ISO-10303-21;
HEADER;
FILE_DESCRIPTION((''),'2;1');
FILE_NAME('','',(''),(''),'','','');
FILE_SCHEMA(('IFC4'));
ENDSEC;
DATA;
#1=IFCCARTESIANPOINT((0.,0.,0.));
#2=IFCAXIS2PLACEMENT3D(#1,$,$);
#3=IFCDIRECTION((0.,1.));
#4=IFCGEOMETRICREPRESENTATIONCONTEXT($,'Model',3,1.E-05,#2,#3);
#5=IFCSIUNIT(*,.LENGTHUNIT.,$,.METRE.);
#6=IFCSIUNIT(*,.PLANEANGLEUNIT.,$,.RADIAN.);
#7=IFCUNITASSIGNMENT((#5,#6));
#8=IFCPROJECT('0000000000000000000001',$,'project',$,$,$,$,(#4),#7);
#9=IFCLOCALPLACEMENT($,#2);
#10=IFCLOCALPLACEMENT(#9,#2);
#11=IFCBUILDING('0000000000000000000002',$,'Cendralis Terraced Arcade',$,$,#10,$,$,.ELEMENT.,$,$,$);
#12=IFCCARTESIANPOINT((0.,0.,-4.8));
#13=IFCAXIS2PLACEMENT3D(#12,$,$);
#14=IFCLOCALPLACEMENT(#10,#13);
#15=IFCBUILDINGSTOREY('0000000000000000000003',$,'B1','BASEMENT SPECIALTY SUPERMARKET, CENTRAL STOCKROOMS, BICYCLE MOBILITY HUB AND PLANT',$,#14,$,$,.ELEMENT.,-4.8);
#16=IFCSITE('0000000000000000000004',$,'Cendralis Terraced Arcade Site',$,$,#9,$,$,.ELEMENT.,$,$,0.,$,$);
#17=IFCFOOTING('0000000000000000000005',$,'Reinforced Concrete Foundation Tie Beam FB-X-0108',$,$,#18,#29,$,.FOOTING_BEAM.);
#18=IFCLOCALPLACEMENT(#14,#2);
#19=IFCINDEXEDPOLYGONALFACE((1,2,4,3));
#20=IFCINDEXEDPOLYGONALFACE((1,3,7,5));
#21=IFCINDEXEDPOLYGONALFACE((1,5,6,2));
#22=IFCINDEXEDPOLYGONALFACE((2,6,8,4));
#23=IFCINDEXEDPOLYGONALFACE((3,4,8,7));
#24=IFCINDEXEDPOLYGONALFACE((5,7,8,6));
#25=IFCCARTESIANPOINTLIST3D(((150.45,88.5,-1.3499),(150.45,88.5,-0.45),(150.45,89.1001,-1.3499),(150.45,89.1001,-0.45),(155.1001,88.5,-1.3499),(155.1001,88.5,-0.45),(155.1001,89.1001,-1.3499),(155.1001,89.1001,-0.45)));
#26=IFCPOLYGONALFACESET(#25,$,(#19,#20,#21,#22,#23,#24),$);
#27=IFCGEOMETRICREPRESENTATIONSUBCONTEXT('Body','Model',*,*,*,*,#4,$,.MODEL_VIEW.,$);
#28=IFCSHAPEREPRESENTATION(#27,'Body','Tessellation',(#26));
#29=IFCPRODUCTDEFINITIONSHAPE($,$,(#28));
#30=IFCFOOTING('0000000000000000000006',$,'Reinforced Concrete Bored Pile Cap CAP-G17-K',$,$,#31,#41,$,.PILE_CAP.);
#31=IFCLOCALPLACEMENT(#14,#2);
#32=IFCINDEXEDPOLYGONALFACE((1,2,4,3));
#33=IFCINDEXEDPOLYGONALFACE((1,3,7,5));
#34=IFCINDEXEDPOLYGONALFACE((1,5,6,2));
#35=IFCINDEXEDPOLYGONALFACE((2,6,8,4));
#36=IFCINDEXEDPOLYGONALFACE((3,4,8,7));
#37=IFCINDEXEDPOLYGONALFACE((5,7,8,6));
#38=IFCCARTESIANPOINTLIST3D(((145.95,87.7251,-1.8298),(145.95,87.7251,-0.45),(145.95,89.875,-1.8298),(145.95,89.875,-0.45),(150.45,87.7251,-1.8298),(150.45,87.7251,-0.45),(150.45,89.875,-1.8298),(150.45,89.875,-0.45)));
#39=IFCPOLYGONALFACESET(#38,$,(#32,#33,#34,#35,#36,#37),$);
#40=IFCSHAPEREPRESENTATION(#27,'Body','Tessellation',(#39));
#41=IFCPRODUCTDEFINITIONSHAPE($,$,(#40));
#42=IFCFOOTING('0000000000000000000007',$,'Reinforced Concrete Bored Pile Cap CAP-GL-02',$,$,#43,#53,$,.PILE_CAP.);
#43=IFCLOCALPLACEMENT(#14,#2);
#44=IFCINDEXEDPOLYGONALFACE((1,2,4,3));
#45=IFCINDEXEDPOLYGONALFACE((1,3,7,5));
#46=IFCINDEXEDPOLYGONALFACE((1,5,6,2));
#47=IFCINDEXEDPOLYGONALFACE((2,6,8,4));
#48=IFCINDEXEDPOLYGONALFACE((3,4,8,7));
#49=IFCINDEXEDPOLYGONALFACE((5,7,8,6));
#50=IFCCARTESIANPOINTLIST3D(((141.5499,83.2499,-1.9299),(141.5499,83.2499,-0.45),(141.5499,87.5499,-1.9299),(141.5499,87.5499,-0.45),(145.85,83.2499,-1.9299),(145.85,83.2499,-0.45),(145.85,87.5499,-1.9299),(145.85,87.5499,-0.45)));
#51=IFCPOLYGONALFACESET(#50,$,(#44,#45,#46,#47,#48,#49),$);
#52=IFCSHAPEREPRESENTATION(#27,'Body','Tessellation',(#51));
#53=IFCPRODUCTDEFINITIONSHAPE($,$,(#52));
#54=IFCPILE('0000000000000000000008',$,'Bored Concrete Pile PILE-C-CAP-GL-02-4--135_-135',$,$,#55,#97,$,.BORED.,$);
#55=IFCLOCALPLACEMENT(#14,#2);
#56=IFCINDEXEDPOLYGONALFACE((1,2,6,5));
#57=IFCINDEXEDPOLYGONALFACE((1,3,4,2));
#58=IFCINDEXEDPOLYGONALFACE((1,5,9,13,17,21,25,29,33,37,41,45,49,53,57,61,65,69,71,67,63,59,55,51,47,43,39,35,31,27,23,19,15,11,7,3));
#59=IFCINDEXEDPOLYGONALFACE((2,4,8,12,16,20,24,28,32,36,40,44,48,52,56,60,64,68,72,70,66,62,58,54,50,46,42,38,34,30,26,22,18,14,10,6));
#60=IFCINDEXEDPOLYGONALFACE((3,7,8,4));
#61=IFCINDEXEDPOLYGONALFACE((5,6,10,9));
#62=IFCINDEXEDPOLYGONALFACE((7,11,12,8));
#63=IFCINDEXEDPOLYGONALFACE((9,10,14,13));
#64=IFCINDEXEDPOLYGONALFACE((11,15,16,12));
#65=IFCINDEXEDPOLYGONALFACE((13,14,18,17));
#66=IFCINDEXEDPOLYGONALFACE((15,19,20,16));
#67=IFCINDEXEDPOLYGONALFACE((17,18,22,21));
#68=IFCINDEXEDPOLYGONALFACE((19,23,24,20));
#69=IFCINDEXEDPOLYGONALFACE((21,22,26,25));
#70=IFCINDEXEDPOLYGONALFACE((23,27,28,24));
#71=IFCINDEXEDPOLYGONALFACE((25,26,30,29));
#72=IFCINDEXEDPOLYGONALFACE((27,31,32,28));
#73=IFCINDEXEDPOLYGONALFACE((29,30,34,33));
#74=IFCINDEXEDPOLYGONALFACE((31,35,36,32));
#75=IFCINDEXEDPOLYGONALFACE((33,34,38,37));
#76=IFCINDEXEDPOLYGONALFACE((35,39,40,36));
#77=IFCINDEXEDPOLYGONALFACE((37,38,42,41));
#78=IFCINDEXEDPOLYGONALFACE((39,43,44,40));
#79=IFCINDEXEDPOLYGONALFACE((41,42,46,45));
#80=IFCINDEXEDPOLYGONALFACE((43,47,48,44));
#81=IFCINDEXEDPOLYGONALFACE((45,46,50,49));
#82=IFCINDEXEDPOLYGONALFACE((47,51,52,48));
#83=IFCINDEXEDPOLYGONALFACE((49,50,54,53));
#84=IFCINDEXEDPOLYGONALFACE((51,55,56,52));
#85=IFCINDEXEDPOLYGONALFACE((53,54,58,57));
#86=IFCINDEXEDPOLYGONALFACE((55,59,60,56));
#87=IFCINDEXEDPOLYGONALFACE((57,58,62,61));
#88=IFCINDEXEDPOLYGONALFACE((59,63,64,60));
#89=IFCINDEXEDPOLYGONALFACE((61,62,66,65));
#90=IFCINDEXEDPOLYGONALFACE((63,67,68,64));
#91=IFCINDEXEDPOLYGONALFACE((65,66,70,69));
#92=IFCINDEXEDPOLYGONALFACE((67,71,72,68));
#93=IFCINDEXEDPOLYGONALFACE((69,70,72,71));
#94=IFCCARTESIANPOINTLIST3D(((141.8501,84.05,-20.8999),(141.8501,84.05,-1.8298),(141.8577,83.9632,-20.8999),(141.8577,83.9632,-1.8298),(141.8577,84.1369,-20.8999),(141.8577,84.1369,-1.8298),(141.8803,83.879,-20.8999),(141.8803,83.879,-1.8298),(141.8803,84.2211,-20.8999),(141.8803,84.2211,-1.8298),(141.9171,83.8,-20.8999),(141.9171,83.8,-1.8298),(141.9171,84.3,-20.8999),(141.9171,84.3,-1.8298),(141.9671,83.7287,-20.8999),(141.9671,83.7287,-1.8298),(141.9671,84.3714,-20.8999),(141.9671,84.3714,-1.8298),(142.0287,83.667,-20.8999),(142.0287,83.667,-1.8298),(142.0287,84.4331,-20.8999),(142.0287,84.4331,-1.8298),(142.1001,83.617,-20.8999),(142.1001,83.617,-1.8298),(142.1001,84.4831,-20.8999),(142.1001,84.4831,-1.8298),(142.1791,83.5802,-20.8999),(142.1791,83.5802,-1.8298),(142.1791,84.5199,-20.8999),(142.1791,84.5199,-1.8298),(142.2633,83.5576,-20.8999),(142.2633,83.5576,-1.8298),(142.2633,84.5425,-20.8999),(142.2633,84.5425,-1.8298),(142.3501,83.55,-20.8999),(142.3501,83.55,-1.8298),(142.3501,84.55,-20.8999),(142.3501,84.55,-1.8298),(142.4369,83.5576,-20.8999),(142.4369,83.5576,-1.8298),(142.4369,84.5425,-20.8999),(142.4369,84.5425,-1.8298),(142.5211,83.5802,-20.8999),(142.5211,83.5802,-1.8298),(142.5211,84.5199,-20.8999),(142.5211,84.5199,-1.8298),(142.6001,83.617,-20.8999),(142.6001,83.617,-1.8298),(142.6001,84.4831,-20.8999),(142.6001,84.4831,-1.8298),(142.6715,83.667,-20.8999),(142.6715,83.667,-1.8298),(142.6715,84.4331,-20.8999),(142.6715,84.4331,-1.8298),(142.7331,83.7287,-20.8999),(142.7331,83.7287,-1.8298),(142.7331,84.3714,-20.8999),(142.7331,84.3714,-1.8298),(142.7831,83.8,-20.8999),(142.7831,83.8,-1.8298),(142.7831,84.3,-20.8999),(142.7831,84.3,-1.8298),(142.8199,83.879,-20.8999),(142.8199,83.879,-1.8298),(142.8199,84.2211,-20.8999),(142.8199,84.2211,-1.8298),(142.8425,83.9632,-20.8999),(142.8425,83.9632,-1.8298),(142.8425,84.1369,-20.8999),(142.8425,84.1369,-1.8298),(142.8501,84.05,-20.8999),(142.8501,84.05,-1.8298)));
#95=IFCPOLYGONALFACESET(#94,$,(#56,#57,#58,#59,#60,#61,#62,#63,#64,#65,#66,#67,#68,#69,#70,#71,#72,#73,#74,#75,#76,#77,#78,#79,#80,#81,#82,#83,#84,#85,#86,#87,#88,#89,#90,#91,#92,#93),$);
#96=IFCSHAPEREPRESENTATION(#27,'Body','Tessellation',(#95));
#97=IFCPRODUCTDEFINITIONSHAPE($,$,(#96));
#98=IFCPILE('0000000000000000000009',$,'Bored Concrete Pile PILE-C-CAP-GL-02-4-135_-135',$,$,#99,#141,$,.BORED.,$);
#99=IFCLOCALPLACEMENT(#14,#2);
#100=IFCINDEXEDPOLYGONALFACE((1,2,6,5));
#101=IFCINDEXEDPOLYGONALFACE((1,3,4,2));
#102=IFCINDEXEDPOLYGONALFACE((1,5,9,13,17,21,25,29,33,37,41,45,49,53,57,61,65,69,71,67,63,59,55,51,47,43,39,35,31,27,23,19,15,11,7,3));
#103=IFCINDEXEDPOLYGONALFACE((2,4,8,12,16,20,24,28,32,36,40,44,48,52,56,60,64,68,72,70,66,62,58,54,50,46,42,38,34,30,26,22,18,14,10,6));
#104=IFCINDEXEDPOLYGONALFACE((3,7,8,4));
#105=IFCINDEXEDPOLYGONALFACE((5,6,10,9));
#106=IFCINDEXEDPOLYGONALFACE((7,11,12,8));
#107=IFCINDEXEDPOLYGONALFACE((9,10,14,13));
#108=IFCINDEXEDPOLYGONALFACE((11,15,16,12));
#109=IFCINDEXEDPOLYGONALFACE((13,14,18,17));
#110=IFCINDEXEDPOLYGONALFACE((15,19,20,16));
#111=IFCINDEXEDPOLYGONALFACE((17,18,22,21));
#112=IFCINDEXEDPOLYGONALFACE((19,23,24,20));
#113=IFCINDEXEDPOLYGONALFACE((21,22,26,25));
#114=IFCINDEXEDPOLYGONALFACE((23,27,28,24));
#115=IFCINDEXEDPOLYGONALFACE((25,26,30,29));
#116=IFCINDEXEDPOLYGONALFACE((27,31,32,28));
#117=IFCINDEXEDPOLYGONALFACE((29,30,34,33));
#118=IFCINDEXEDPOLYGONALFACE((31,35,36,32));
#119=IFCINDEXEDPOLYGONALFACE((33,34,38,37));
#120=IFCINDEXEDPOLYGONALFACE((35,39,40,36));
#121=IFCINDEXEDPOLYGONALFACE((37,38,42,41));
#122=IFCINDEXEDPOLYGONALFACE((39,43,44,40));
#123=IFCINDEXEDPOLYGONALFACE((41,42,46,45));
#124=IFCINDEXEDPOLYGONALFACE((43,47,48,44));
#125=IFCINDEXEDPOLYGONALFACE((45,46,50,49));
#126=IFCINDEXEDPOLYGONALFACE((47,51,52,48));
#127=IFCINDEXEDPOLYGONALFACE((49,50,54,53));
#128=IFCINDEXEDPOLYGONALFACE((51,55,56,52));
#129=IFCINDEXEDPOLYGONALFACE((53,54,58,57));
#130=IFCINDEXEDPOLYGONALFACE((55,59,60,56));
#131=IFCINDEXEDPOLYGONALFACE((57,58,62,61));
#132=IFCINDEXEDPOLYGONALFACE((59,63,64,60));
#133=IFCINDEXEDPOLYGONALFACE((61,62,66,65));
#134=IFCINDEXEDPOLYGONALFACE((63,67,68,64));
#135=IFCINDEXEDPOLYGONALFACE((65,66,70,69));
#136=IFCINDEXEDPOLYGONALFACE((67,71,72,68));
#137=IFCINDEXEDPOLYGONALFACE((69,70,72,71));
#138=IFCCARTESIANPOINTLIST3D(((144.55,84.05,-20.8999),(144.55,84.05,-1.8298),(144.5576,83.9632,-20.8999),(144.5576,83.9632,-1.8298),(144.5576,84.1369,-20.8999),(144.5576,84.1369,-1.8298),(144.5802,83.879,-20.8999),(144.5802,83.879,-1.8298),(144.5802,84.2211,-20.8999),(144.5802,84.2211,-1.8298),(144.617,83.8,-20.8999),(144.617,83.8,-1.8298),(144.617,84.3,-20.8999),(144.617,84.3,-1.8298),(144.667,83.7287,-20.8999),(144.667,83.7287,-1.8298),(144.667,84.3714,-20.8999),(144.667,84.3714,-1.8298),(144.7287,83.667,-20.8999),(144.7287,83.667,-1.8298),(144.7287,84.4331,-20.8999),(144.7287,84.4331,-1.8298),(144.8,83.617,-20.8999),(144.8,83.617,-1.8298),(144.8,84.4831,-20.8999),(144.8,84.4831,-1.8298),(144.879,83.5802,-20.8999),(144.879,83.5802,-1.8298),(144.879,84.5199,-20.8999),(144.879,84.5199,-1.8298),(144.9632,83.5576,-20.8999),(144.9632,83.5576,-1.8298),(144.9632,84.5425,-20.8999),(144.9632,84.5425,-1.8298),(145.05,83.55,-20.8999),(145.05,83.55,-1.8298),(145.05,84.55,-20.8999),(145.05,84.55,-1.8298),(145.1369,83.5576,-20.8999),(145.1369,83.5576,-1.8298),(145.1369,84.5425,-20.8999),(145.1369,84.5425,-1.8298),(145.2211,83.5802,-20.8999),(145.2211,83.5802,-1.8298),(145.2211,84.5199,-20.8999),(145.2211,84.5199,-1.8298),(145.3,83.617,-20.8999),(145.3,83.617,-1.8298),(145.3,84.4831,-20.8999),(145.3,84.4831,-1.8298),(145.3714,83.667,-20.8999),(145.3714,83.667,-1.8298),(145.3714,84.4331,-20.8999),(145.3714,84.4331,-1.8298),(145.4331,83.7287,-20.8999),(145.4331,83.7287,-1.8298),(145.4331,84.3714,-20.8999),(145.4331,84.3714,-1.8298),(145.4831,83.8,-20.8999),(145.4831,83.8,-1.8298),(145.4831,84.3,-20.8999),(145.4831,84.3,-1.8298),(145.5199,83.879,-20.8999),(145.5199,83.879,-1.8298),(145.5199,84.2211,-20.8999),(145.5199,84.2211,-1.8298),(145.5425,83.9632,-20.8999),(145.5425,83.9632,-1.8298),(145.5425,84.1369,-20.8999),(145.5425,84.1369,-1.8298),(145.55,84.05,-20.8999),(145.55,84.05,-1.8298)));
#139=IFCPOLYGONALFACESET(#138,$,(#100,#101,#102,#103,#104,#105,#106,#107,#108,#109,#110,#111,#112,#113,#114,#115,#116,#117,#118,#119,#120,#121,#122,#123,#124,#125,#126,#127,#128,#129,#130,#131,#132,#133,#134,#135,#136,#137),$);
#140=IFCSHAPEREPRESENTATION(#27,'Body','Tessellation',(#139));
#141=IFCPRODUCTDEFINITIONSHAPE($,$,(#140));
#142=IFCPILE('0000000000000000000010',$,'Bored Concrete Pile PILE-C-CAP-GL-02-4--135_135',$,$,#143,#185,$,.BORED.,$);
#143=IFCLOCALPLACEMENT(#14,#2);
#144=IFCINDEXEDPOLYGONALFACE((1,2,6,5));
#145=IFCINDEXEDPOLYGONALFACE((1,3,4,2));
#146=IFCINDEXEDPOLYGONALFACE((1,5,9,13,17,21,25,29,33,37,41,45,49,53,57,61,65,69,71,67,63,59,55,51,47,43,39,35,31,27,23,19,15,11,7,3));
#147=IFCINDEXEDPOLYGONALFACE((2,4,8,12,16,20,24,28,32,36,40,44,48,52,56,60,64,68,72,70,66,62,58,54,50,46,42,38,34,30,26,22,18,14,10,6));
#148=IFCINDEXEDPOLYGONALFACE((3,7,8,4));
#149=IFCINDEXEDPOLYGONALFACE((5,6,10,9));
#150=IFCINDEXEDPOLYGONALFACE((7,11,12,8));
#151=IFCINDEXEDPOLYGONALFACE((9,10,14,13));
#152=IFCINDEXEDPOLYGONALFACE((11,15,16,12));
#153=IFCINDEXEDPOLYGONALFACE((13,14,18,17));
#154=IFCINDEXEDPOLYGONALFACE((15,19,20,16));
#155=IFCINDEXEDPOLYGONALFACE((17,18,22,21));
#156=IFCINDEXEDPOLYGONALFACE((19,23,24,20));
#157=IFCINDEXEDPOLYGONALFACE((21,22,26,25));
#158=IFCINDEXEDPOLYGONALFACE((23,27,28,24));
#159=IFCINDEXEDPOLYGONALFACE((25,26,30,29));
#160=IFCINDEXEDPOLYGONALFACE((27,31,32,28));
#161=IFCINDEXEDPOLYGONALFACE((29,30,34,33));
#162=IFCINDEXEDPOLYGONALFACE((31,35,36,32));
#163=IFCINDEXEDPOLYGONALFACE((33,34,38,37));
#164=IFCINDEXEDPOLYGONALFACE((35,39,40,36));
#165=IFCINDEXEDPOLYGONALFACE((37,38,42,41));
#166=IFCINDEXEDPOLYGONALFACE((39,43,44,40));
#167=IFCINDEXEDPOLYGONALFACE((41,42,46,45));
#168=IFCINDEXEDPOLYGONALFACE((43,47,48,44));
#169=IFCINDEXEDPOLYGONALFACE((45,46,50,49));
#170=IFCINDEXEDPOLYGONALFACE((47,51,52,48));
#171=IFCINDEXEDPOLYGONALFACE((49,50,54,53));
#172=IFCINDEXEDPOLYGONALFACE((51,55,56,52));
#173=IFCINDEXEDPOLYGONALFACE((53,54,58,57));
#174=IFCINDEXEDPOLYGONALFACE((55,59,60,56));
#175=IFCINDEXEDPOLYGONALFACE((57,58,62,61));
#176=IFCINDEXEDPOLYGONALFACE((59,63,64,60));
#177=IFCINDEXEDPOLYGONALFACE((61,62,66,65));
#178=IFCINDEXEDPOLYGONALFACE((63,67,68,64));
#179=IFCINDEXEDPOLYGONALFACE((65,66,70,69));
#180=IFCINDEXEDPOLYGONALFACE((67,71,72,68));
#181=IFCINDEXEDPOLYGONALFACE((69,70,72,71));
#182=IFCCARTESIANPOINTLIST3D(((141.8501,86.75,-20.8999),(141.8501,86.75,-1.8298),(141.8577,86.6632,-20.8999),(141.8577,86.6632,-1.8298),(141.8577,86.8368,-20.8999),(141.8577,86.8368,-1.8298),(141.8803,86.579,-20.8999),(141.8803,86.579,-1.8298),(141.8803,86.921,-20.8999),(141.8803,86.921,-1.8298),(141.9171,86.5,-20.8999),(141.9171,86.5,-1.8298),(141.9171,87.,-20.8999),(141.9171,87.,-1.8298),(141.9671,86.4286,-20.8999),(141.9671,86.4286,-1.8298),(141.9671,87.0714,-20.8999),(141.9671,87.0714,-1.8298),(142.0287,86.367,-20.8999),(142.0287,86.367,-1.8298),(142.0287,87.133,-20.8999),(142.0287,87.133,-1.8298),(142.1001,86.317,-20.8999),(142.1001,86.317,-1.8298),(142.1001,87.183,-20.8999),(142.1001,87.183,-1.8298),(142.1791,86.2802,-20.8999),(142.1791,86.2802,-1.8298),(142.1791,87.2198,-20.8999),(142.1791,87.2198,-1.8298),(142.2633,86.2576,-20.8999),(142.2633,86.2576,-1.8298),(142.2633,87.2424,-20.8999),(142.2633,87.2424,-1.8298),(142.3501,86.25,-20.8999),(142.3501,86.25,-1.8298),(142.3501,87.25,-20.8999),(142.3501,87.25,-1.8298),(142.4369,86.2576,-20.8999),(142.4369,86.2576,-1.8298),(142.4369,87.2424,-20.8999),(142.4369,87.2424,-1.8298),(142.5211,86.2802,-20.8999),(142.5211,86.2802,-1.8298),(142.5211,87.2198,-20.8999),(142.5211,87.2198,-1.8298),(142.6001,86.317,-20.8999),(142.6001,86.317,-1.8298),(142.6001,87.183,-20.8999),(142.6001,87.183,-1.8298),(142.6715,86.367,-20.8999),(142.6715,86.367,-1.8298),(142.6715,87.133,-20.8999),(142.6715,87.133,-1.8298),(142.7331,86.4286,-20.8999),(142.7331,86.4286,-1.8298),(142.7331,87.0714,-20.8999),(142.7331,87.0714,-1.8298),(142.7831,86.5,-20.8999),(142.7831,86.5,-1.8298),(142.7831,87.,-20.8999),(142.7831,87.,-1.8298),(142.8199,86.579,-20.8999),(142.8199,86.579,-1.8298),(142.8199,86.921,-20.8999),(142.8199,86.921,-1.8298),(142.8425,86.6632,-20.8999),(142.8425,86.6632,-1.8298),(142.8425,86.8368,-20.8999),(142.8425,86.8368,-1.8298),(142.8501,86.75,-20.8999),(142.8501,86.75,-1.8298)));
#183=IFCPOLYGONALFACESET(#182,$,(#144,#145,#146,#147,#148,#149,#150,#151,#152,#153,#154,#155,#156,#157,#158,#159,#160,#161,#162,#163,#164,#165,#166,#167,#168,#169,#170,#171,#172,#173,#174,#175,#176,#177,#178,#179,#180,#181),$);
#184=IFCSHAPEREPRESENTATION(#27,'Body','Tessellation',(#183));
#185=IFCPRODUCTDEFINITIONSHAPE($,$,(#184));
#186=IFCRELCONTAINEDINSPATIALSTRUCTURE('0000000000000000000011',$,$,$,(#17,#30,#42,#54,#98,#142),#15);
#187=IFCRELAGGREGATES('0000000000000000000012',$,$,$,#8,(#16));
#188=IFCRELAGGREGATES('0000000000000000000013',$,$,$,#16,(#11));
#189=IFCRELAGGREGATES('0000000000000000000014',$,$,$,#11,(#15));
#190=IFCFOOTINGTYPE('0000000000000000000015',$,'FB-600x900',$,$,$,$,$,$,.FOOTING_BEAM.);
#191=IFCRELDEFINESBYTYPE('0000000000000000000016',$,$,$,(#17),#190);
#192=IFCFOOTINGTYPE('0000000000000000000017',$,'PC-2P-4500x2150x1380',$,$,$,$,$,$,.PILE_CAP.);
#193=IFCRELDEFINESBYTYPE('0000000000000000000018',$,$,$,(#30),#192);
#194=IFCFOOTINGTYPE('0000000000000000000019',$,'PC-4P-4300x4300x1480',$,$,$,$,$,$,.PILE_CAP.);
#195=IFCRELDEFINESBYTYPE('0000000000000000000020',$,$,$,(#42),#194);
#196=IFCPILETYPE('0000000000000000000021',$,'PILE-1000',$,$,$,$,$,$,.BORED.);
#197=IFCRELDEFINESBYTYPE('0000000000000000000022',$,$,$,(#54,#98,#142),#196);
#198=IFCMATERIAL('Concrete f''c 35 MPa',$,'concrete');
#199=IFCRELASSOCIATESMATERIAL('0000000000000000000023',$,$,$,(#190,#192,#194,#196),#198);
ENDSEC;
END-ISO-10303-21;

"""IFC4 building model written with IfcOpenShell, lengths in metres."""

from ifc_helpers import new_model, si_unit, direction, frame, origin, origin_2d, place, context, subcontext, project, spatial, rectangle, circle, extrude, material, material_profile, profile_set, type_object, element, save


model = new_model("IFC4")

# Units and contexts
model_context = context("Model", 3, precision=1e-05, world=origin(), true_north=direction((0.0, 1.0)))
body_context = subcontext(model_context, "Body", "Model", "MODEL_VIEW")
ifc_project = project(units=[si_unit("LENGTHUNIT", "METRE"), si_unit("PLANEANGLEUNIT", "RADIAN")], contexts=[model_context])

# Site, building, storey
site_placement = place(None, origin())
site = spatial("IfcSite", under=ifc_project, at=site_placement, Name="Cendralis Terraced Arcade Site", CompositionType="ELEMENT", RefElevation=0.0)
building_placement = place(site_placement, origin())
building = spatial("IfcBuilding", under=site, at=building_placement, Name="Cendralis Terraced Arcade", CompositionType="ELEMENT")
storey_placement = place(building_placement, frame((0.0, 0.0, -4.8)))
storey = spatial("IfcBuildingStorey", under=building, at=storey_placement, Name="B1", Description="BASEMENT SPECIALTY SUPERMARKET, CENTRAL STOCKROOMS, BICYCLE MOBILITY HUB AND PLANT", CompositionType="ELEMENT", Elevation=-4.8)

# Footings
ifc_material_1 = material(Name="Concrete f'c 35 MPa", Category="concrete")
ifc_material_profile_1 = material_profile(ifc_material_1, rectangle(XDim=0.6001, YDim=0.8999, at=origin_2d()), Name="FB-600x900", Category="LoadBearing")
ifc_profile_set_1 = profile_set([ifc_material_profile_1], Name="Concrete f'c 35 MPa")
footing_type_1 = type_object("IfcFootingType", Name="FB-600x900", PredefinedType="FOOTING_BEAM", material=ifc_profile_set_1)
footing_1_placement = place(storey_placement, frame((150.45, 88.8, -0.8999), z_axis=(1.0, 0.0, 0.0), x_axis=(0.0, 1.0, 0.0)))
element("IfcFooting", 1, at=footing_1_placement, inside=storey, type_object=footing_type_1, Name="Reinforced Concrete Foundation Tie Beam FB-X-0108", PredefinedType="FOOTING_BEAM", context=body_context, shape_type="SweptSolid", body=[
    extrude(rectangle(XDim=0.6001, YDim=0.8999, at=origin_2d()), origin(), (0.0, 0.0, 1.0), 4.6501),
])
footing_type_2 = type_object("IfcFootingType", Name="PC-2P-4500x2150x1380", PredefinedType="PILE_CAP", material=ifc_material_1)
footing_2_placement = place(storey_placement, frame((148.2, 88.8, -1.8298), z_axis=(0.0, 0.0, 1.0), x_axis=(1.0, 0.0, 0.0)))
element("IfcFooting", 2, at=footing_2_placement, inside=storey, type_object=footing_type_2, Name="Reinforced Concrete Bored Pile Cap CAP-G17-K", PredefinedType="PILE_CAP", context=body_context, shape_type="SweptSolid", body=[
    extrude(rectangle(XDim=4.5, YDim=2.1499, at=origin_2d()), origin(), (0.0, 0.0, 1.0), 1.3799),
])
footing_type_3 = type_object("IfcFootingType", Name="PC-4P-4300x4300x1480", PredefinedType="PILE_CAP", material=ifc_material_1)
footing_3_placement = place(storey_placement, frame((143.7, 85.3999, -1.9299), z_axis=(0.0, 0.0, 1.0), x_axis=(1.0, 0.0, 0.0)))
element("IfcFooting", 3, at=footing_3_placement, inside=storey, type_object=footing_type_3, Name="Reinforced Concrete Bored Pile Cap CAP-GL-02", PredefinedType="PILE_CAP", context=body_context, shape_type="SweptSolid", body=[
    extrude(rectangle(XDim=4.3, YDim=4.3, at=origin_2d()), origin(), (0.0, 0.0, 1.0), 1.48),
])

# Piles
ifc_material_profile_2 = material_profile(ifc_material_1, circle(Radius=0.5, at=origin_2d()), Name="PILE-D1000", Category="LoadBearing")
ifc_profile_set_2 = profile_set([ifc_material_profile_2], Name="Concrete f'c 35 MPa")
pile_type = type_object("IfcPileType", Name="PILE-1000", PredefinedType="BORED", material=ifc_profile_set_2)
for number, where, z_axis, x_axis, name in (
    (4, (142.3501, 84.05, -1.8298), (0.0, 0.0, -1.0), (1.0, 0.0, 0.0), "Bored Concrete Pile PILE-C-CAP-GL-02-4--135_-135"),
    (5, (145.05, 84.05, -1.8298), (0.0, 0.0, -1.0), (1.0, 0.0, 0.0), "Bored Concrete Pile PILE-C-CAP-GL-02-4-135_-135"),
    (6, (142.3501, 86.75, -1.8298), (0.0, 0.0, -1.0), (1.0, 0.0, 0.0), "Bored Concrete Pile PILE-C-CAP-GL-02-4--135_135"),
):
    element("IfcPile", number, at=place(storey_placement, frame(where, z_axis=z_axis, x_axis=x_axis)), inside=storey, type_object=pile_type, Name=name, PredefinedType="BORED", context=body_context, shape_type="SweptSolid", body=[
        extrude(circle(Radius=0.5, at=origin_2d()), origin(), (0.0, 0.0, 1.0), 19.0701),
    ])

save(model, "model.ifc")
